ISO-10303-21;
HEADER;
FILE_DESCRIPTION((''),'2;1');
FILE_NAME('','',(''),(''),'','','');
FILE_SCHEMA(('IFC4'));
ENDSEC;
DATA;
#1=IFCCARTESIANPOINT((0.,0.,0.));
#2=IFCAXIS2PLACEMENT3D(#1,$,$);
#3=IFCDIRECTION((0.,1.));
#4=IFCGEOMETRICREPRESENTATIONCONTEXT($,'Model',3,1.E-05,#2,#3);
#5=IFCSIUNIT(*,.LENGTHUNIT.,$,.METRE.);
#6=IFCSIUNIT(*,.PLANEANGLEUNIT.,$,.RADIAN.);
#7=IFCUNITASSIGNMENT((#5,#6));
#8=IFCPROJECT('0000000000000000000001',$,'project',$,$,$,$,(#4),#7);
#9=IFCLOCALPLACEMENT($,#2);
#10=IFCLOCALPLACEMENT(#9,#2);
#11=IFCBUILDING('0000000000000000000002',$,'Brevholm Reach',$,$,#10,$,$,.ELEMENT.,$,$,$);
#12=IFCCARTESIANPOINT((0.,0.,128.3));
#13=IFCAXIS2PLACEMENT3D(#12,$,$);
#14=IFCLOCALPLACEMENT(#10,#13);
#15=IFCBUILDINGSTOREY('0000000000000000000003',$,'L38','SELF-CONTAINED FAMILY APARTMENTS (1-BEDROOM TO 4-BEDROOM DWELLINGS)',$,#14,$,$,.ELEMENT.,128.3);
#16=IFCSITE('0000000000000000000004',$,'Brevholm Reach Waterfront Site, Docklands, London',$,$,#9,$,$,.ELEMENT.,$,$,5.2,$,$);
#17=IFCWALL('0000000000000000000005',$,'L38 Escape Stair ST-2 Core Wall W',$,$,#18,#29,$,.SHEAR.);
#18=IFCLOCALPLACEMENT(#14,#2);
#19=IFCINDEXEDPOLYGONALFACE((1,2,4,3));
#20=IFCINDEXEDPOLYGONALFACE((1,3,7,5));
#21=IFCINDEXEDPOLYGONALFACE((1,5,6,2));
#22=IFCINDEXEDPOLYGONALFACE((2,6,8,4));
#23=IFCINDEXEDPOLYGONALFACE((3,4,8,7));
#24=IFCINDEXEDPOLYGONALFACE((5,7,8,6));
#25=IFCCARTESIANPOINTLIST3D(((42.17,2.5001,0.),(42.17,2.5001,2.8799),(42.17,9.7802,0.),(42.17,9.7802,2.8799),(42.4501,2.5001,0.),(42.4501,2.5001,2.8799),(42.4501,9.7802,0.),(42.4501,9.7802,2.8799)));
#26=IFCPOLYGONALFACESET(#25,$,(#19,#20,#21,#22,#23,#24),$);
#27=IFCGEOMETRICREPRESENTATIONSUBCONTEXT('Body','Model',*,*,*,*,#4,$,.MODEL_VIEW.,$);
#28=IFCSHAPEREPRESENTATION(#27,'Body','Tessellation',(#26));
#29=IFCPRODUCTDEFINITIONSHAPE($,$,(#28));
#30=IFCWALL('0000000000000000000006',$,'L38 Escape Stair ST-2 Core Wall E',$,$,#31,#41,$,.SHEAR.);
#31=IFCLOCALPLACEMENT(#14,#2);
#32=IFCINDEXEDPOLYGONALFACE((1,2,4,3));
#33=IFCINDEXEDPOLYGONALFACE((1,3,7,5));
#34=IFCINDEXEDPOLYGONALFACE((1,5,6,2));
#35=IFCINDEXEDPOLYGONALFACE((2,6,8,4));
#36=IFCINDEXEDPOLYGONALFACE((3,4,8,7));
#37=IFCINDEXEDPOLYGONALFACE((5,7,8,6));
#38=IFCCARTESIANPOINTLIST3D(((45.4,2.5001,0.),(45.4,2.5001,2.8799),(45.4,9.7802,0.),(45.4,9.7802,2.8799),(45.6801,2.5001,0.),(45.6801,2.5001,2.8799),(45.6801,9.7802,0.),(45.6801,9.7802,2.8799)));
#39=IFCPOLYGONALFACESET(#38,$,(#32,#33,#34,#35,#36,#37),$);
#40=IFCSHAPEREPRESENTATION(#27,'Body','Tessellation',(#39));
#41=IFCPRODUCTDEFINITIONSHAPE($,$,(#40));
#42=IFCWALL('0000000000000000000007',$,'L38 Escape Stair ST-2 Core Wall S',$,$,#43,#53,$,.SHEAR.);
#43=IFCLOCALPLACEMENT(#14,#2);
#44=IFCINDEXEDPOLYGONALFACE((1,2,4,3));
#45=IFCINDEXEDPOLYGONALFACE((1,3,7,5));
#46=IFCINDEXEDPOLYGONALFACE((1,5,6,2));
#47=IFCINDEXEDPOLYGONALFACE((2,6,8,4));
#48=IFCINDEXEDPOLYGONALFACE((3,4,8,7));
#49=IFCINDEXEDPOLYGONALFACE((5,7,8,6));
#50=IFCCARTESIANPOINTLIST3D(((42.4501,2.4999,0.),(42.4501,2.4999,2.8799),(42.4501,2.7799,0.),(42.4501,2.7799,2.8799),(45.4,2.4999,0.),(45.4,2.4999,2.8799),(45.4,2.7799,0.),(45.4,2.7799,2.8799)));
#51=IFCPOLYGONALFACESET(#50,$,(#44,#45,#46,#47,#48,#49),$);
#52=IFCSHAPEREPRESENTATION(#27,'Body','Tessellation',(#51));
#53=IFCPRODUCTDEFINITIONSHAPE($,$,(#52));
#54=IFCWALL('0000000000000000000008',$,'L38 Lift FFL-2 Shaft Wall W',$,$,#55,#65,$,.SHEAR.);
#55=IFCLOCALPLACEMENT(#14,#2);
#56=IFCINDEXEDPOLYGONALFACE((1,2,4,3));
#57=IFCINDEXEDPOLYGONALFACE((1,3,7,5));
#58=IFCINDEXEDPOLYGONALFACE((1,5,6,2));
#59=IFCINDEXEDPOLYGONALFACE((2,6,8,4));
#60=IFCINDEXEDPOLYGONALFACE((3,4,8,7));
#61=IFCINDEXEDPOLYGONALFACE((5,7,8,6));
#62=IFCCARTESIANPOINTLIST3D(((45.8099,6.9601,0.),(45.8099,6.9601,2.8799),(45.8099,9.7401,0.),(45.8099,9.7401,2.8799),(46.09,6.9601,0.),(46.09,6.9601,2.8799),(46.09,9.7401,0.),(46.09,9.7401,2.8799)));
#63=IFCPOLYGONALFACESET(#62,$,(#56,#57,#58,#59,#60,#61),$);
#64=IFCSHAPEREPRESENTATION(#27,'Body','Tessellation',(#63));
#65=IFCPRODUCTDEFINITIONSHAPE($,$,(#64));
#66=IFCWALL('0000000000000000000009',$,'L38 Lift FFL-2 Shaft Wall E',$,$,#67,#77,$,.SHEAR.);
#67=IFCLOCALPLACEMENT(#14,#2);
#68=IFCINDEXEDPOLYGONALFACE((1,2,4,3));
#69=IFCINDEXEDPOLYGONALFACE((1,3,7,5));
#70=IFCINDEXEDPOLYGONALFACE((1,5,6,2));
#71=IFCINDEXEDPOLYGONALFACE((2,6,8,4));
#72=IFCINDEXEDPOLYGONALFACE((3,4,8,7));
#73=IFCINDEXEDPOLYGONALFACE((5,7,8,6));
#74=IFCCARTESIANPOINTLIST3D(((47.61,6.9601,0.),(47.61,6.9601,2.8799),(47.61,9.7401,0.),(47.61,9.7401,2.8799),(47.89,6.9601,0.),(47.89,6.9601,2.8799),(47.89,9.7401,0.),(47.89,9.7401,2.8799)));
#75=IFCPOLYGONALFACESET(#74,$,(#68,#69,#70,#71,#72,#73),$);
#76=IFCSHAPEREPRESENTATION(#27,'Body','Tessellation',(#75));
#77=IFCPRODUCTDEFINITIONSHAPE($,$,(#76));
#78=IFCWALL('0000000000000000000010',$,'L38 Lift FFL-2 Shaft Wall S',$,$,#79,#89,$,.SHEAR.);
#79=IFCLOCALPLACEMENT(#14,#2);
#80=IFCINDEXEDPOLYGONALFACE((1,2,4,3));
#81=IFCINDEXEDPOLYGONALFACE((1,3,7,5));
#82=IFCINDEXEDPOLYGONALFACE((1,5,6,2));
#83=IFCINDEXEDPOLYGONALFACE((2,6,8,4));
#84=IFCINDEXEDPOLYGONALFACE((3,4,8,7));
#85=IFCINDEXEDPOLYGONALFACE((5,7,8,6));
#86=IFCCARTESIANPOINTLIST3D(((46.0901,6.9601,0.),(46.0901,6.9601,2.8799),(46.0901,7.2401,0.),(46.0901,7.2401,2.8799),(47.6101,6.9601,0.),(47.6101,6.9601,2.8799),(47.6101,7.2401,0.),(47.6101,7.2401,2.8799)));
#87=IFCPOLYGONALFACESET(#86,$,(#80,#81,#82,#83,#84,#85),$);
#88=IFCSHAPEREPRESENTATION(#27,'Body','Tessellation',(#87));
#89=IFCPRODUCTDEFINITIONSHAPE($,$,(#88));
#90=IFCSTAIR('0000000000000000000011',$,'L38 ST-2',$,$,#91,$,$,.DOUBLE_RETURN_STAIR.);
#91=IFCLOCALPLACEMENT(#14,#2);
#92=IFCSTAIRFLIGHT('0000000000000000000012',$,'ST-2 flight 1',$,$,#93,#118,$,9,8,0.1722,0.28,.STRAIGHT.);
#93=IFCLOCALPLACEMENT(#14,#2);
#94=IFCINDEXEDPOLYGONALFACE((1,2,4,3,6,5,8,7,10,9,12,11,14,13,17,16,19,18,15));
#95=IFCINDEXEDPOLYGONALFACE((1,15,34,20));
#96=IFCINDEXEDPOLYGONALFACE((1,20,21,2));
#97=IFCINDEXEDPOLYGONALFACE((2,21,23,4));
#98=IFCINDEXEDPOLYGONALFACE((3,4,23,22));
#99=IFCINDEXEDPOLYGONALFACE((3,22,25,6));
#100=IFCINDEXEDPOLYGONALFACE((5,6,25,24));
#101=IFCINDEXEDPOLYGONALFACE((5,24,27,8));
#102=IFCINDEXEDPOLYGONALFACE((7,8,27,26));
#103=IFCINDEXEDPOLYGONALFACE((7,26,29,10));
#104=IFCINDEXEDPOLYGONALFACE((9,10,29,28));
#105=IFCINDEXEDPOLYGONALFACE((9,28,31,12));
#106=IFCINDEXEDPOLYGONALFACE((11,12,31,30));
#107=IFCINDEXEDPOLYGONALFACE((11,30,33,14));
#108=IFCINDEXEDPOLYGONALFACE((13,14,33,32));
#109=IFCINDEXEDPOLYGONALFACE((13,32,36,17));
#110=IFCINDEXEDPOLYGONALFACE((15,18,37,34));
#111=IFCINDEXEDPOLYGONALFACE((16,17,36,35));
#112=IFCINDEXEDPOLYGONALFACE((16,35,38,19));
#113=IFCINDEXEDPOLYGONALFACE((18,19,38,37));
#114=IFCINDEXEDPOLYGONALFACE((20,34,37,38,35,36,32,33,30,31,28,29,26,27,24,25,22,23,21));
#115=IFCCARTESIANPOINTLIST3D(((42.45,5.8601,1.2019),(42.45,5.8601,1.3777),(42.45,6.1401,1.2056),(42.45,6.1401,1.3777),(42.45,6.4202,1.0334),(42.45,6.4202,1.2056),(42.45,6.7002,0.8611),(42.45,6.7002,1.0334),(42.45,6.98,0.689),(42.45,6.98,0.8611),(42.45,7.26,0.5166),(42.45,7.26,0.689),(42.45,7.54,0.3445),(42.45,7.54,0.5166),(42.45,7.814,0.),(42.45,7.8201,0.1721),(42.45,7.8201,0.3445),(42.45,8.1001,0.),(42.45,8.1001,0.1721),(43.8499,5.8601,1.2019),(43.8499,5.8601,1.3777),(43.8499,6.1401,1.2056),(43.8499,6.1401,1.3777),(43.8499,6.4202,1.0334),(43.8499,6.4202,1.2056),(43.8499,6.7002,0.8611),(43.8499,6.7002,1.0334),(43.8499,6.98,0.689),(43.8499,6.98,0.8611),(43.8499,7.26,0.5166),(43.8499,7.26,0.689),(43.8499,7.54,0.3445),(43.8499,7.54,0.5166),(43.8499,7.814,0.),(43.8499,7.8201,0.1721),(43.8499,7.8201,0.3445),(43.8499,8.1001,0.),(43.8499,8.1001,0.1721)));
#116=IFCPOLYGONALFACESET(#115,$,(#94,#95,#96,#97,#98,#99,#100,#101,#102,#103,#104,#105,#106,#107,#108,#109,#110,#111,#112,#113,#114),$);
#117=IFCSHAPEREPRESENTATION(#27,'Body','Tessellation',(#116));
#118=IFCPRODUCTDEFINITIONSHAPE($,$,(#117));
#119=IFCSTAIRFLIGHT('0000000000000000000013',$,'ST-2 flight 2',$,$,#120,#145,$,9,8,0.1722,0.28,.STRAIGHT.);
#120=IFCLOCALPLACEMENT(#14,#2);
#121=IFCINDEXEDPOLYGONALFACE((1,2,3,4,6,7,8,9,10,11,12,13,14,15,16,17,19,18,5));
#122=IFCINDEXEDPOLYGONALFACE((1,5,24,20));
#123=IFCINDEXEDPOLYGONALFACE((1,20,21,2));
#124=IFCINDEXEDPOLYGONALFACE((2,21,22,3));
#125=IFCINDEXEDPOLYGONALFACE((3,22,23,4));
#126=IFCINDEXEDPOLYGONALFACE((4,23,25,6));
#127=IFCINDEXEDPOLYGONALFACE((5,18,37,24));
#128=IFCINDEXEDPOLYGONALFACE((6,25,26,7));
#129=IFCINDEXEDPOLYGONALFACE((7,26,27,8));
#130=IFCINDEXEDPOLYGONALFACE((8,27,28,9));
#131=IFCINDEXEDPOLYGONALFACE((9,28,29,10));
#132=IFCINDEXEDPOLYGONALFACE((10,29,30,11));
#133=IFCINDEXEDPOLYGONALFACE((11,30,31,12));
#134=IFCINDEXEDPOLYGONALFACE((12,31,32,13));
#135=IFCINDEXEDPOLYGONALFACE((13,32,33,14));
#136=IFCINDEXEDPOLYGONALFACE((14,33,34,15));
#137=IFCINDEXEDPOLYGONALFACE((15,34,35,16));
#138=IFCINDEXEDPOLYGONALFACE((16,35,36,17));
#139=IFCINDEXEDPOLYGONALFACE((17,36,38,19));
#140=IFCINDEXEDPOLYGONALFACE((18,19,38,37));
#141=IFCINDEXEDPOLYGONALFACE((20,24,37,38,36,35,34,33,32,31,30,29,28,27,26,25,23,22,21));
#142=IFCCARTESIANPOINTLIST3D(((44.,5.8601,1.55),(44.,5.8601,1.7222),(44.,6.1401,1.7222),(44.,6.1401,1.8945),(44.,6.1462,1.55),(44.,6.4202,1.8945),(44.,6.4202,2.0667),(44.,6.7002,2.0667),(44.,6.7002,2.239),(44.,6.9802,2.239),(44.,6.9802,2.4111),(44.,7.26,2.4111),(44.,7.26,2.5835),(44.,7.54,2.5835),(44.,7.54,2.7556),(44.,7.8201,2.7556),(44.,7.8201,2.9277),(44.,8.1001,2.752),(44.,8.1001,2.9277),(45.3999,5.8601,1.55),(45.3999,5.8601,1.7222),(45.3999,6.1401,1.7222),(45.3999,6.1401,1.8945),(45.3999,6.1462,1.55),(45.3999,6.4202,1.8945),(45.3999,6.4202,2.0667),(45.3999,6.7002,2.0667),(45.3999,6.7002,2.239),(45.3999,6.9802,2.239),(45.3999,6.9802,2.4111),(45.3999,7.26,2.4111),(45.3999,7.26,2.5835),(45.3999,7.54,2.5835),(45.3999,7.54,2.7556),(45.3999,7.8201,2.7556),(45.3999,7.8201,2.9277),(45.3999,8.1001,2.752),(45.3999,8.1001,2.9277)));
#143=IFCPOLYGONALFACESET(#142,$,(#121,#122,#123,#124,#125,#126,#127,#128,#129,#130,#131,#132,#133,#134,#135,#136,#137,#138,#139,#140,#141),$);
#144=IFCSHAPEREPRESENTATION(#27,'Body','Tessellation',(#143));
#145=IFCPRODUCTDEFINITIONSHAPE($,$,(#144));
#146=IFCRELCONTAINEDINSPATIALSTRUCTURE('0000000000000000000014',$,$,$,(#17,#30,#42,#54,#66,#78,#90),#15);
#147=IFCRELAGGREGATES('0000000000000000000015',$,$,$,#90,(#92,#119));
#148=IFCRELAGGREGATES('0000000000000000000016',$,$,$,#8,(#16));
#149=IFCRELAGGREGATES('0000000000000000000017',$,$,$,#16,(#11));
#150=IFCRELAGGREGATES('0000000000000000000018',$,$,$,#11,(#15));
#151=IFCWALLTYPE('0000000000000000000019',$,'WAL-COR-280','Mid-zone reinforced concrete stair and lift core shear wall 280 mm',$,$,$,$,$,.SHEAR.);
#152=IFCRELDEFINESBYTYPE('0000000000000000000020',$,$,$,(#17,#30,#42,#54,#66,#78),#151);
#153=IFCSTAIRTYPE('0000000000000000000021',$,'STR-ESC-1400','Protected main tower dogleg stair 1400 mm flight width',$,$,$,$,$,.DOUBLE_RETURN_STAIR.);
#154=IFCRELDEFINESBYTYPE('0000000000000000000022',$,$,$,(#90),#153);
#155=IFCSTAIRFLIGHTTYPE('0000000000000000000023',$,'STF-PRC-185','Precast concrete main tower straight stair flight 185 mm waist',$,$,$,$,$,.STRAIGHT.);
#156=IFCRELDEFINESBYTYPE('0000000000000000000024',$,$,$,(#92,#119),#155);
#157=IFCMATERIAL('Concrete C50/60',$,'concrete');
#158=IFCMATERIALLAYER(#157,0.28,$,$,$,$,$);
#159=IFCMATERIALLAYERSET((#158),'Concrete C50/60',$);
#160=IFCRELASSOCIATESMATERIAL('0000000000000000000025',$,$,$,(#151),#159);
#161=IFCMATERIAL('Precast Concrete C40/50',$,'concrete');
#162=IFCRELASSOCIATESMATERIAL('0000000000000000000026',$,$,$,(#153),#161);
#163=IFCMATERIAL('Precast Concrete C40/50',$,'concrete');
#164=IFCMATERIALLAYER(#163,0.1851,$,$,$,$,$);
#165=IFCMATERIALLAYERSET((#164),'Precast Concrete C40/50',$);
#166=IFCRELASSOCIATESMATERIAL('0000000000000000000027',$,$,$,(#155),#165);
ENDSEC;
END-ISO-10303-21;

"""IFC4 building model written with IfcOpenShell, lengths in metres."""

from ifc_helpers import new_model, si_unit, direction, frame, frame_2d, origin, place, context, subcontext, project, spatial, polyline, rectangle, outline, extrude, material, layer, layer_set, type_object, element, aggregate, save


model = new_model("IFC4")

# Units and contexts
model_context = context("Model", 3, precision=1e-05, world=origin(), true_north=direction((0.0, 1.0)))
body_context = subcontext(model_context, "Body", "Model", "MODEL_VIEW")
ifc_project = project(units=[si_unit("LENGTHUNIT", "METRE"), si_unit("PLANEANGLEUNIT", "RADIAN")], contexts=[model_context])

# Site, building, storey
site_placement = place(None, origin())
site = spatial("IfcSite", under=ifc_project, at=site_placement, Name="Brevholm Reach Waterfront Site, Docklands, London", CompositionType="ELEMENT", RefElevation=5.2)
building_placement = place(site_placement, origin())
building = spatial("IfcBuilding", under=site, at=building_placement, Name="Brevholm Reach", CompositionType="ELEMENT")
storey_placement = place(building_placement, frame((0.0, 0.0, 128.3)))
storey = spatial("IfcBuildingStorey", under=building, at=storey_placement, Name="L38", Description="SELF-CONTAINED FAMILY APARTMENTS (1-BEDROOM TO 4-BEDROOM DWELLINGS)", CompositionType="ELEMENT", Elevation=128.3)

# Walls
ifc_material_1 = material(Name="Concrete C50/60", Category="concrete")
ifc_layer_1 = layer(ifc_material_1, 0.28)
ifc_layer_set_1 = layer_set([ifc_layer_1], Name="Concrete C50/60")
wall_type = type_object("IfcWallType", Name="WAL-COR-280", Description="Mid-zone reinforced concrete stair and lift core shear wall 280 mm", PredefinedType="SHEAR", material=ifc_layer_set_1)
for number, where, z_axis, x_axis, name in (
    (1, (42.3101, 2.5, 0.0), (0.0, 0.0, 1.0), (0.0, 1.0, 0.0), "L38 Escape Stair ST-2 Core Wall W"),
    (2, (45.54, 2.5, 0.0), (0.0, 0.0, 1.0), (0.0, 1.0, 0.0), "L38 Escape Stair ST-2 Core Wall E"),
):
    element("IfcWall", number, at=place(storey_placement, frame(where, z_axis=z_axis, x_axis=x_axis)), inside=storey, type_object=wall_type, Name=name, PredefinedType="SHEAR", context=body_context, shape_type="SweptSolid", body=[
        extrude(rectangle(XDim=7.28, YDim=0.28, at=frame_2d((3.6401, 0.0))), origin(), (0.0, 0.0, 1.0), 2.8799),
    ])
wall_1_placement = place(storey_placement, frame((42.45, 2.6399, 0.0), z_axis=(0.0, 0.0, 1.0), x_axis=(1.0, 0.0, 0.0)))
element("IfcWall", 3, at=wall_1_placement, inside=storey, type_object=wall_type, Name="L38 Escape Stair ST-2 Core Wall S", PredefinedType="SHEAR", context=body_context, shape_type="SweptSolid", body=[
    extrude(rectangle(XDim=2.95, YDim=0.28, at=frame_2d((1.4751, 0.0))), origin(), (0.0, 0.0, 1.0), 2.8799),
])
for number, where, z_axis, x_axis, name in (
    (4, (45.95, 6.96, 0.0), (0.0, 0.0, 1.0), (0.0, 1.0, 0.0), "L38 Lift FFL-2 Shaft Wall W"),
    (5, (47.75, 6.96, 0.0), (0.0, 0.0, 1.0), (0.0, 1.0, 0.0), "L38 Lift FFL-2 Shaft Wall E"),
):
    element("IfcWall", number, at=place(storey_placement, frame(where, z_axis=z_axis, x_axis=x_axis)), inside=storey, type_object=wall_type, Name=name, PredefinedType="SHEAR", context=body_context, shape_type="SweptSolid", body=[
        extrude(rectangle(XDim=2.78, YDim=0.28, at=frame_2d((1.3901, 0.0))), origin(), (0.0, 0.0, 1.0), 2.8799),
    ])
wall_2_placement = place(storey_placement, frame((46.0901, 7.1001, 0.0), z_axis=(0.0, 0.0, 1.0), x_axis=(1.0, 0.0, 0.0)))
element("IfcWall", 6, at=wall_2_placement, inside=storey, type_object=wall_type, Name="L38 Lift FFL-2 Shaft Wall S", PredefinedType="SHEAR", context=body_context, shape_type="SweptSolid", body=[
    extrude(rectangle(XDim=1.52, YDim=0.28, at=frame_2d((0.76, 0.0))), origin(), (0.0, 0.0, 1.0), 2.8799),
])

# Stair, stair flights
ifc_material_2 = material(Name="Precast Concrete C40/50", Category="concrete")
stair_type = type_object("IfcStairType", Name="STR-ESC-1400", Description="Protected main tower dogleg stair 1400 mm flight width", PredefinedType="DOUBLE_RETURN_STAIR", material=ifc_material_2)
stair_placement = place(storey_placement, origin())
stair = element("IfcStair", 7, at=stair_placement, inside=storey, type_object=stair_type, Name="L38 ST-2", PredefinedType="DOUBLE_RETURN_STAIR")
ifc_material_3 = material(Name="Precast Concrete C40/50", Category="concrete")
ifc_layer_2 = layer(ifc_material_3, 0.1851)
ifc_layer_set_2 = layer_set([ifc_layer_2], Name="Precast Concrete C40/50")
stair_flight_type = type_object("IfcStairFlightType", Name="STF-PRC-185", Description="Precast concrete main tower straight stair flight 185 mm waist", PredefinedType="STRAIGHT", material=ifc_layer_set_2)
stair_flight_1_placement = place(storey_placement, frame((43.1499, 8.1001, 0.0), z_axis=(0.0, 0.0, 1.0), x_axis=(0.0, -1.0, 0.0)))
stair_flight_1 = element("IfcStairFlight", 8, at=stair_flight_1_placement, type_object=stair_flight_type, Name="ST-2 flight 1", NumberOfRisers=9, NumberOfTreads=8, PredefinedType="STRAIGHT", RiserHeight=0.1722, TreadLength=0.28, context=body_context, shape_type="SweptSolid", body=[
    extrude(outline(polyline([(0.0, 0.0), (0.0, 0.1721), (0.28, 0.1721), (0.28, 0.3445), (0.5601, 0.3445), (0.5601, 0.5166), (0.8401, 0.5166), (0.8401, 0.689), (1.1201, 0.689), (1.1201, 0.8611), (1.3999, 0.8611), (1.3999, 1.0334), (1.6799, 1.0334), (1.6799, 1.2056), (1.96, 1.2056), (1.96, 1.3777), (2.24, 1.3777), (2.24, 1.55), (2.24, 1.2019), (0.2861, 0.0), (0.0, 0.0)])), frame((0.0, 0.7, 0.0), z_axis=(0.0, -1.0, 0.0), x_axis=(1.0, 0.0, 0.0)), (0.0, 0.0, 1.0), 1.3999),
])
stair_flight_2_placement = place(storey_placement, frame((44.7, 5.8601, 1.55), z_axis=(0.0, 0.0, 1.0), x_axis=(0.0, 1.0, 0.0)))
stair_flight_2 = element("IfcStairFlight", 9, at=stair_flight_2_placement, type_object=stair_flight_type, Name="ST-2 flight 2", NumberOfRisers=9, NumberOfTreads=8, PredefinedType="STRAIGHT", RiserHeight=0.1722, TreadLength=0.28, context=body_context, shape_type="SweptSolid", body=[
    extrude(outline(polyline([(0.0, 0.0), (0.0, 0.1721), (0.28, 0.1721), (0.28, 0.3445), (0.5601, 0.3445), (0.5601, 0.5166), (0.8401, 0.5166), (0.8401, 0.689), (1.1201, 0.689), (1.1201, 0.8611), (1.3999, 0.8611), (1.3999, 1.0334), (1.6799, 1.0334), (1.6799, 1.2056), (1.96, 1.2056), (1.96, 1.3777), (2.24, 1.3777), (2.24, 1.55), (2.24, 1.2019), (0.2861, 0.0), (0.0, 0.0)])), frame((0.0, 0.7, 0.0), z_axis=(0.0, -1.0, 0.0), x_axis=(1.0, 0.0, 0.0)), (0.0, 0.0, 1.0), 1.3999),
])
aggregate(stair, [stair_flight_1, stair_flight_2])

save(model, "model.ifc")
